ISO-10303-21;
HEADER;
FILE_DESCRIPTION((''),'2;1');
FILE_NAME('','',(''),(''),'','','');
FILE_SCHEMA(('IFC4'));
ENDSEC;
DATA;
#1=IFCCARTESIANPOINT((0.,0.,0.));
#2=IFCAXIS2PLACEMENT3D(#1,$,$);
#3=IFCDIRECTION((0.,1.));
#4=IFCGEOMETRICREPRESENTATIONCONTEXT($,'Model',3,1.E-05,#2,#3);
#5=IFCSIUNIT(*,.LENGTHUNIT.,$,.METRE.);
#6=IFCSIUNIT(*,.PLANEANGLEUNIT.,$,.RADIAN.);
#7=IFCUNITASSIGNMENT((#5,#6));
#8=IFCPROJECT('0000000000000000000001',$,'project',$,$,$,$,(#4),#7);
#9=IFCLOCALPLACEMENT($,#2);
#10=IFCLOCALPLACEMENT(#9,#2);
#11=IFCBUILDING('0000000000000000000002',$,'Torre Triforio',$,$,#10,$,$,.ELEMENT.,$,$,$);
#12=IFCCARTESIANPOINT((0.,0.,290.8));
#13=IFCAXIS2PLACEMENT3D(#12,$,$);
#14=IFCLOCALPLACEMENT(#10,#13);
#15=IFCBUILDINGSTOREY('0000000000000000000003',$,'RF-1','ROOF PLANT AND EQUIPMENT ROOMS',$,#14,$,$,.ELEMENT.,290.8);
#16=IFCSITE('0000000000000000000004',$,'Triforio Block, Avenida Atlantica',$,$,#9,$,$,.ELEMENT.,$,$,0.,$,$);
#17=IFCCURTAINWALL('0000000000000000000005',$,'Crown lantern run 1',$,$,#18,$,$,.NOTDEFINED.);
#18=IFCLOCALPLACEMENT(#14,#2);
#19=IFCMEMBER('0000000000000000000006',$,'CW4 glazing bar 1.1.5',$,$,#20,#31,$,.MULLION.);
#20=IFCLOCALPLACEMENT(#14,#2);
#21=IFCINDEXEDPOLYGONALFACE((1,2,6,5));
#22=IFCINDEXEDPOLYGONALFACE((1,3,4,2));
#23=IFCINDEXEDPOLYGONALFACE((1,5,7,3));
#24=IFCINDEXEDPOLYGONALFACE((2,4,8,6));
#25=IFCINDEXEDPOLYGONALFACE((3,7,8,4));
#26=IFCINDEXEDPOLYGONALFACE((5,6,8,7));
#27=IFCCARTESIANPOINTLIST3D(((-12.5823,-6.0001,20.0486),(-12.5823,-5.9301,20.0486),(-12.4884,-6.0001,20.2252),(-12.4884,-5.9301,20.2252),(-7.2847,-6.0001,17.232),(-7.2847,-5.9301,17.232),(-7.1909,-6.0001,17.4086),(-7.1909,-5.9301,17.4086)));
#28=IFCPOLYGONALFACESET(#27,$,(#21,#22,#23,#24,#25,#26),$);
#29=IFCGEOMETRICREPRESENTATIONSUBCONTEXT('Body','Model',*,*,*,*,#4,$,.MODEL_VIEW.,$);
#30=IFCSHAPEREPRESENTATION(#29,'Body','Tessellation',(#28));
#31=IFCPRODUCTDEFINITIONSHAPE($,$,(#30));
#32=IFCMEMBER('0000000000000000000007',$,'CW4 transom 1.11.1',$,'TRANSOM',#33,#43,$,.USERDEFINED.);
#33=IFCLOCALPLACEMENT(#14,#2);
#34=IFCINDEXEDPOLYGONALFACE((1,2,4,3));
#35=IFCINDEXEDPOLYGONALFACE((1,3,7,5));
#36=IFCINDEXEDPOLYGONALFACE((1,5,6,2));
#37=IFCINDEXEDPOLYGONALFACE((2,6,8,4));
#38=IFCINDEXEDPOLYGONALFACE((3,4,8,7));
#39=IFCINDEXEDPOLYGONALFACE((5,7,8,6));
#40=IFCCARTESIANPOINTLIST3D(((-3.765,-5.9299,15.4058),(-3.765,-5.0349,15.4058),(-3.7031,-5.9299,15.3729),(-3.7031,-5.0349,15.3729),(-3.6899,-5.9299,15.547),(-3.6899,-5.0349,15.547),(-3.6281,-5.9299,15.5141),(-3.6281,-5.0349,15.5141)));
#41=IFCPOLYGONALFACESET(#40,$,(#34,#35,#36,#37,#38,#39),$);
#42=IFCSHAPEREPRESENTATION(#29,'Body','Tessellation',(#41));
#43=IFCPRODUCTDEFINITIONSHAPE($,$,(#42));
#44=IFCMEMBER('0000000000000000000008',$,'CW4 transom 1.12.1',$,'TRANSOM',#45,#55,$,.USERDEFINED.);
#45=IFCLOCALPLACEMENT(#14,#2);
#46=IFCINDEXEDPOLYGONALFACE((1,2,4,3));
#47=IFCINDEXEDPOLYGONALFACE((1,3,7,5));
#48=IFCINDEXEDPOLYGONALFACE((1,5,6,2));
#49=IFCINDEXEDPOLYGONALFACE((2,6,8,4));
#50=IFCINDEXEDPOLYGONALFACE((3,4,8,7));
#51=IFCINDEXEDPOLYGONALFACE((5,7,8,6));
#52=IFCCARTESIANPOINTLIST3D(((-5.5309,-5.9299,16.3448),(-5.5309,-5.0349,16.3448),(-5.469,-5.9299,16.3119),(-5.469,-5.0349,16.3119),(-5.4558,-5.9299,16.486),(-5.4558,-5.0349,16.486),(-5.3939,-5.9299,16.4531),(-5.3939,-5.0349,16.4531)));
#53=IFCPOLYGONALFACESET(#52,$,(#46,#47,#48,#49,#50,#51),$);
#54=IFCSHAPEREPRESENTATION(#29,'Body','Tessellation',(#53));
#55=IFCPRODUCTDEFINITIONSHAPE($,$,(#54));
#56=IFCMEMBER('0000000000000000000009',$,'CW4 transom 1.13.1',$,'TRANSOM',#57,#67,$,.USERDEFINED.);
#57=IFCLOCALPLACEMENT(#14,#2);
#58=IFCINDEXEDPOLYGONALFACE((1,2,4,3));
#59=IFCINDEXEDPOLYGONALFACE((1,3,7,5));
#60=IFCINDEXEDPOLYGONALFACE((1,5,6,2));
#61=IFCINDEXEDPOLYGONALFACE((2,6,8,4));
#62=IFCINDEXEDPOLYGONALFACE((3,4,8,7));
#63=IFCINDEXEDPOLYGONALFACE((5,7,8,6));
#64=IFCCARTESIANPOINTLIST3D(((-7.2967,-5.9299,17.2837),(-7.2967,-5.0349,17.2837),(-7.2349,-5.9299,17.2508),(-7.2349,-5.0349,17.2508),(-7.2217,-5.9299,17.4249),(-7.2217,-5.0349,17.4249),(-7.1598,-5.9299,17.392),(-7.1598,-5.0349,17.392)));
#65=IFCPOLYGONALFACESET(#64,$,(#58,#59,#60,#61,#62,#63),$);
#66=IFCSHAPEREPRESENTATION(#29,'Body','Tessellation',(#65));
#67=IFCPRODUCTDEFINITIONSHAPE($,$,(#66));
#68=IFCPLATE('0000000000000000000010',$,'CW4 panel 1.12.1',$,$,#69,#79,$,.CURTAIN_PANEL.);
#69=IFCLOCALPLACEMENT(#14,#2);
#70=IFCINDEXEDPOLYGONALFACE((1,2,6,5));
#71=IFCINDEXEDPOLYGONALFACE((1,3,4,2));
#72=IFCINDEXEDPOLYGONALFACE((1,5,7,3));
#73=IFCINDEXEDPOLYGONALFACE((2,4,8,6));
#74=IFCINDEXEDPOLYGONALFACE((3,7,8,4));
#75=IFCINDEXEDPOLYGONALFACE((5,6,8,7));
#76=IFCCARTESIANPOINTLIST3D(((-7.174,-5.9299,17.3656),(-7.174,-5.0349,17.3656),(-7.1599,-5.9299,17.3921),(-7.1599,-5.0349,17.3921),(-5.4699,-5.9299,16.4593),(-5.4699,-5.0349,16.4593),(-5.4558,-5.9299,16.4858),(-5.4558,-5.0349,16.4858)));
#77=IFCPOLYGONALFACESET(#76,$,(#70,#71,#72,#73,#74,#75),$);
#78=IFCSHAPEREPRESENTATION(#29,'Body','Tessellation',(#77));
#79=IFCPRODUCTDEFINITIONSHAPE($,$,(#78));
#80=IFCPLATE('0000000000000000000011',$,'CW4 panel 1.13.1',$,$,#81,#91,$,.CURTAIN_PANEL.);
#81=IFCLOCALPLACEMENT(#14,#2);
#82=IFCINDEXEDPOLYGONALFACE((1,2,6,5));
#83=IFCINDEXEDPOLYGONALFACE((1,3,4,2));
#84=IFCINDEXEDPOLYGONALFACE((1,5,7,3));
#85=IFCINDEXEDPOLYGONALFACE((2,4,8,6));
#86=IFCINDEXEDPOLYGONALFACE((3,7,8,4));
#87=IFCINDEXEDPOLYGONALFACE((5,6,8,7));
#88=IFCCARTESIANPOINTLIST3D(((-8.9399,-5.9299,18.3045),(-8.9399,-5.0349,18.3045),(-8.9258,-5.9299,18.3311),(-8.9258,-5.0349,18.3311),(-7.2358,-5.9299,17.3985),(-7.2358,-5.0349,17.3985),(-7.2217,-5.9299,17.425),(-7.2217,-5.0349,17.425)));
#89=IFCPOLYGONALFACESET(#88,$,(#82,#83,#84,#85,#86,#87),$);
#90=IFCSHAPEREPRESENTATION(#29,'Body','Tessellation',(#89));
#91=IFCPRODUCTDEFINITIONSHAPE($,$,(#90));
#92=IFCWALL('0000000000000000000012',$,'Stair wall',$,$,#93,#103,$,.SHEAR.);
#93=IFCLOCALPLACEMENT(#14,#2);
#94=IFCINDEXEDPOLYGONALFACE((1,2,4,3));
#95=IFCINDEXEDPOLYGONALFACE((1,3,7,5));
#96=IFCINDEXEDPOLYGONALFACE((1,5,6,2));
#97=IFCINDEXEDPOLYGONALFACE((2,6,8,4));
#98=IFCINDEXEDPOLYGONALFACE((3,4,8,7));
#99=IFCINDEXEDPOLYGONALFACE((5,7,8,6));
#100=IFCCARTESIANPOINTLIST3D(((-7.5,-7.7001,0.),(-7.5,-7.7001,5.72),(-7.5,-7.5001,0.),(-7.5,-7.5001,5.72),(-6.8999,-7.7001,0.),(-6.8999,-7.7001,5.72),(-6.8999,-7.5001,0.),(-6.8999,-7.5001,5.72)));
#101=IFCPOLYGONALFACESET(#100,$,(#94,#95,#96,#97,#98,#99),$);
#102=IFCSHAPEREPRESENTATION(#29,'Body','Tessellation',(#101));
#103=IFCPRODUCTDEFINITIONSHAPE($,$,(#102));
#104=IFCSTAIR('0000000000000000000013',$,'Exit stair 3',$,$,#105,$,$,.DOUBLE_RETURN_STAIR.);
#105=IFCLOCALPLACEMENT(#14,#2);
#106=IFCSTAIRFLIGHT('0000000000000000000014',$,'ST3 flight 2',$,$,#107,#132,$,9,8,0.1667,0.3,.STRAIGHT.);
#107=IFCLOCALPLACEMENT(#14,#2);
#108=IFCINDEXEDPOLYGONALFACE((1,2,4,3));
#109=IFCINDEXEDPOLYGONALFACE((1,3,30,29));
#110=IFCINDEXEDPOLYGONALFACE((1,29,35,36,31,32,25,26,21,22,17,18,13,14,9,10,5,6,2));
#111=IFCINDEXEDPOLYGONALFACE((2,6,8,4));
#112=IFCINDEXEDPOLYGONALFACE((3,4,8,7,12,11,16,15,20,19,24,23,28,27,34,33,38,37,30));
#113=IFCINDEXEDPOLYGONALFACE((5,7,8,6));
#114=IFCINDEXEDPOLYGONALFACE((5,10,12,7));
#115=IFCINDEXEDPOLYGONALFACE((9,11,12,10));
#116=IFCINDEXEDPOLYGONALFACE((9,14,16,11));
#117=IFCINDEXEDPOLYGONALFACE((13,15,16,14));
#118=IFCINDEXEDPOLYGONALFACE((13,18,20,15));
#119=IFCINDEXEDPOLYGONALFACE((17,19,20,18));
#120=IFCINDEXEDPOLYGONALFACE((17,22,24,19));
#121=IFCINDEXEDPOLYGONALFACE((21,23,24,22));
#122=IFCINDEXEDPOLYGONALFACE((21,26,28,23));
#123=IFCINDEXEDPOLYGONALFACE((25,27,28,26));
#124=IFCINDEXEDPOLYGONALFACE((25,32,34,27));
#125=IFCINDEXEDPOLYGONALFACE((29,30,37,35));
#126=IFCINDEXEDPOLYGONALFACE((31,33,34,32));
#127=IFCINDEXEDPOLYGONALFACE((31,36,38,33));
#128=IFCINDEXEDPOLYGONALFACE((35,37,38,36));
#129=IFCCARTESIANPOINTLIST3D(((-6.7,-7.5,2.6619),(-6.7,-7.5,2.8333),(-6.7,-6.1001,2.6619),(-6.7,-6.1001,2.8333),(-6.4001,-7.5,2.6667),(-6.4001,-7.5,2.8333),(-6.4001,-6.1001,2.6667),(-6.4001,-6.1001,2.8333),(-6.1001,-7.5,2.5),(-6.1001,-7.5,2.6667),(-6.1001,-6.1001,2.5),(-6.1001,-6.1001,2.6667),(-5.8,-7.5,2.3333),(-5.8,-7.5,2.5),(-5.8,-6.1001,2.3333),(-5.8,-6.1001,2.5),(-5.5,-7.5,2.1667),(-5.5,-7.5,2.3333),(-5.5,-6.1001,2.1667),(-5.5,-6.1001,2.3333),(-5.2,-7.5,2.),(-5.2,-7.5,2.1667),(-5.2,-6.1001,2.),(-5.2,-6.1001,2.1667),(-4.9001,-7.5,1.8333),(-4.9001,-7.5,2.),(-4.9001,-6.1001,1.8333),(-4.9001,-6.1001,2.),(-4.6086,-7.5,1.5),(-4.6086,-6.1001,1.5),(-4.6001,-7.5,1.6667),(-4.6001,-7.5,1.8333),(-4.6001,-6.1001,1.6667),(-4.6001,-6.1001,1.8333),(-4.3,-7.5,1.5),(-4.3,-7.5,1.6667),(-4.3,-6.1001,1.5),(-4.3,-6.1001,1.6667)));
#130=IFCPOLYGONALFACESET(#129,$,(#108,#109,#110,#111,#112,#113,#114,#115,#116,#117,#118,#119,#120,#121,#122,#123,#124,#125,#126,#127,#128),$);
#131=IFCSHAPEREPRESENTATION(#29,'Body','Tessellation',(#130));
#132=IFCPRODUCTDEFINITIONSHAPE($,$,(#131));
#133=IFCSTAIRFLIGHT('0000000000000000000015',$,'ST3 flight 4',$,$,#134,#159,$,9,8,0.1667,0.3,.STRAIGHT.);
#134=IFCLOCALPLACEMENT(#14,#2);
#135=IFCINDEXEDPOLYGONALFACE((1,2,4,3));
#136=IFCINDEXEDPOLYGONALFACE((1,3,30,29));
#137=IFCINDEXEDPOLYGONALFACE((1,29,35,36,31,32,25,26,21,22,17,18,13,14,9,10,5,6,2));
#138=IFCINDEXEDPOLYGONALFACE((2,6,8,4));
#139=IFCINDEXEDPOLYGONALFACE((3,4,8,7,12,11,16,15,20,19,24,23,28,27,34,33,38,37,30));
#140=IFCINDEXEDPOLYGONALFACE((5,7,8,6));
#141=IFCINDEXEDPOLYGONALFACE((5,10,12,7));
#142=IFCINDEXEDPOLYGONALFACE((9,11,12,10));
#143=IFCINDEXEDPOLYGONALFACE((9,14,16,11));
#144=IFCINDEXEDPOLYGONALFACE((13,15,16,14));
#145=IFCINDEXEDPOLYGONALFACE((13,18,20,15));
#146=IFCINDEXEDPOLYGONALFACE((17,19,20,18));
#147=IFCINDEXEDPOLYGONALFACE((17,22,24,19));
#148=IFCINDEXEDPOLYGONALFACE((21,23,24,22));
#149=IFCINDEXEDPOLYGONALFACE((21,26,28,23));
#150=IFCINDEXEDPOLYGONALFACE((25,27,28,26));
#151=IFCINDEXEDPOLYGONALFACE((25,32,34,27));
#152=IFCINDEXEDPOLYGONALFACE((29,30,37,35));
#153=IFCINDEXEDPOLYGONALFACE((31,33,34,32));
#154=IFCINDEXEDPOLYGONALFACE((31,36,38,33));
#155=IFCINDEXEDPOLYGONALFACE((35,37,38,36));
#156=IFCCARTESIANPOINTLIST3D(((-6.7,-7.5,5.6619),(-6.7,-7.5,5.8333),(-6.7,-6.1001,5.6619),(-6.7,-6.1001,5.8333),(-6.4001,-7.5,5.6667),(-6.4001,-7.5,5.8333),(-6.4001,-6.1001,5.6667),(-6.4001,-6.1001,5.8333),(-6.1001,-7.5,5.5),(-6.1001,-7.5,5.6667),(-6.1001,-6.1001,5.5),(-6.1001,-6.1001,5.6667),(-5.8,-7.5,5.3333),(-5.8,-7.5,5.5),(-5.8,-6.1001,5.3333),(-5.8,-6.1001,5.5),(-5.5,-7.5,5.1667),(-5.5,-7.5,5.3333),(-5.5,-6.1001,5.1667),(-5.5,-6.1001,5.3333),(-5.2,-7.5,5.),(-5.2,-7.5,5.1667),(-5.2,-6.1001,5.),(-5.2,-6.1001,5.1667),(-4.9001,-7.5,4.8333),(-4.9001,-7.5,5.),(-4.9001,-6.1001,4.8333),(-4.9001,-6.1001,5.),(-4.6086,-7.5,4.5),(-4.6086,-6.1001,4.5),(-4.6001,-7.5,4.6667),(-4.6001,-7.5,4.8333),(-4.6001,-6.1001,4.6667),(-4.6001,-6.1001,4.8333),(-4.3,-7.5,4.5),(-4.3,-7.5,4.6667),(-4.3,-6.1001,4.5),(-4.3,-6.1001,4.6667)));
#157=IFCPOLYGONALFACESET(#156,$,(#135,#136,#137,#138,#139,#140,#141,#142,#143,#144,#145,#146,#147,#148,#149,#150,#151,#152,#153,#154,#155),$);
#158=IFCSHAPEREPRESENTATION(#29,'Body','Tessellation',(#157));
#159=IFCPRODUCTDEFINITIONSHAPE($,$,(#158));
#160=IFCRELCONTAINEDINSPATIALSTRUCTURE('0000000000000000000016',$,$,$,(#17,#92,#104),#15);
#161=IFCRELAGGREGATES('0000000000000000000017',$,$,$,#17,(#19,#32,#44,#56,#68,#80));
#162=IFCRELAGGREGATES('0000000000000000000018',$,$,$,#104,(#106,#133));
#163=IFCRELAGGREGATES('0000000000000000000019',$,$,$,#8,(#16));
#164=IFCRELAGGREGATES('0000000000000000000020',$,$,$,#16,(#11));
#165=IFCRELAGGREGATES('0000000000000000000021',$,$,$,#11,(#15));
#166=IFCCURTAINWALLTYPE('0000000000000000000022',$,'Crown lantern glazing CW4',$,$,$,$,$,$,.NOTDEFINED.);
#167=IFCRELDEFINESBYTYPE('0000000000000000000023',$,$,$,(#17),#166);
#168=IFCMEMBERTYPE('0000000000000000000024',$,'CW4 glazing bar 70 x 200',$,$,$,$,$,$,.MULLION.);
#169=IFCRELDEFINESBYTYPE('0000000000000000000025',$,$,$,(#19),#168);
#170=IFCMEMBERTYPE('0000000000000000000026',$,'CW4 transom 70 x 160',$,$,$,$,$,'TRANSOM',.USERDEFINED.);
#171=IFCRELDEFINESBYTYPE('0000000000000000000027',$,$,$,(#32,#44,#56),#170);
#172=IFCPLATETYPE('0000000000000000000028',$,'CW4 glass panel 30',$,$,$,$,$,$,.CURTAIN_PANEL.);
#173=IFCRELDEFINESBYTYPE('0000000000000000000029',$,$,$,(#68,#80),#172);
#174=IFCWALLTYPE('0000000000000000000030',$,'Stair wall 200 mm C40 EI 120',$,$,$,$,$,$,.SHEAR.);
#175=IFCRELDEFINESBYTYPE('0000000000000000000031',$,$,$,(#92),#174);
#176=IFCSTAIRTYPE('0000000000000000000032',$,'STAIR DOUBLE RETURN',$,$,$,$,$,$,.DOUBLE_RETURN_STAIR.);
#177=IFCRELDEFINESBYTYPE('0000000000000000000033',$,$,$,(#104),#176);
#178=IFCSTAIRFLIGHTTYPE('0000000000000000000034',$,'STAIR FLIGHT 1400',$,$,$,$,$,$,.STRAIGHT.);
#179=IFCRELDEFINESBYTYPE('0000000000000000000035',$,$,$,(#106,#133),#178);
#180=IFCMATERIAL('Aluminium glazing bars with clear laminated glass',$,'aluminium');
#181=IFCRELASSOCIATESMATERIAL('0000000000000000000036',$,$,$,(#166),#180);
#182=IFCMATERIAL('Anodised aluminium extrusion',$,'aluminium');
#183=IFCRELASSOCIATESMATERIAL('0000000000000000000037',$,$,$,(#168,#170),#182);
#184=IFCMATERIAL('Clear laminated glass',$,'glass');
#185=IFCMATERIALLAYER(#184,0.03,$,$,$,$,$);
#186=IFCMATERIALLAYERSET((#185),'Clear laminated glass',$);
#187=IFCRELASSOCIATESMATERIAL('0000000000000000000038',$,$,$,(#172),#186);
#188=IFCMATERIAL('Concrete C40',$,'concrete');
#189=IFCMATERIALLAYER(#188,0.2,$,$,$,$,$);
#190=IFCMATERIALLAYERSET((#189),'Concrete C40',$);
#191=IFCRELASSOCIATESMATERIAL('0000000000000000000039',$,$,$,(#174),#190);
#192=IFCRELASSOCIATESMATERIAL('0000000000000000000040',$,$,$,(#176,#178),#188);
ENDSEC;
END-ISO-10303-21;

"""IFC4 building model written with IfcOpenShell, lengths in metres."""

from ifc_helpers import new_model, si_unit, direction, frame, frame_2d, origin, origin_2d, place, context, subcontext, project, spatial, polyline, rectangle, outline, extrude, material, layer, layer_set, material_profile, profile_set, type_object, element, aggregate, save


model = new_model("IFC4")

# Units and contexts
model_context = context("Model", 3, precision=1e-05, world=origin(), true_north=direction((0.0, 1.0)))
body_context = subcontext(model_context, "Body", "Model", "MODEL_VIEW")
ifc_project = project(units=[si_unit("LENGTHUNIT", "METRE"), si_unit("PLANEANGLEUNIT", "RADIAN")], contexts=[model_context])

# Site, building, storey
site_placement = place(None, origin())
site = spatial("IfcSite", under=ifc_project, at=site_placement, Name="Triforio Block, Avenida Atlantica", CompositionType="ELEMENT", RefElevation=0.0)
building_placement = place(site_placement, origin())
building = spatial("IfcBuilding", under=site, at=building_placement, Name="Torre Triforio", CompositionType="ELEMENT")
storey_placement = place(building_placement, frame((0.0, 0.0, 290.8)))
storey = spatial("IfcBuildingStorey", under=building, at=storey_placement, Name="RF-1", Description="ROOF PLANT AND EQUIPMENT ROOMS", CompositionType="ELEMENT", Elevation=290.8)

# Curtain wall, members, plates
ifc_material_1 = material(Name="Aluminium glazing bars with clear laminated glass", Category="aluminium")
curtain_wall_type = type_object("IfcCurtainWallType", Name="Crown lantern glazing CW4", PredefinedType="NOTDEFINED", material=ifc_material_1)
curtain_wall_placement = place(storey_placement, origin())
curtain_wall = element("IfcCurtainWall", 1, at=curtain_wall_placement, inside=storey, type_object=curtain_wall_type, Name="Crown lantern run 1", PredefinedType="NOTDEFINED")
ifc_material_2 = material(Name="Anodised aluminium extrusion", Category="aluminium")
ifc_material_profile_1 = material_profile(ifc_material_2, rectangle(XDim=0.0701, YDim=0.2, at=origin_2d()), Name="CW4 MULLION 70x200")
ifc_profile_set_1 = profile_set([ifc_material_profile_1], Name="Anodised aluminium extrusion")
member_type_1 = type_object("IfcMemberType", Name="CW4 glazing bar 70 x 200", PredefinedType="MULLION", material=ifc_profile_set_1)
member_1_placement = place(storey_placement, frame((-7.2378, -5.9651, 17.3203), z_axis=(-0.882957, 0.0, 0.469454), x_axis=(0.0, -1.0, 0.0)))
member_1 = element("IfcMember", 2, at=member_1_placement, type_object=member_type_1, Name="CW4 glazing bar 1.1.5", PredefinedType="MULLION", context=body_context, shape_type="SweptSolid", body=[
    extrude(rectangle(XDim=0.0701, YDim=0.2, at=origin_2d()), origin(), (0.0, 0.0, 1.0), 5.9998),
])
ifc_material_profile_2 = material_profile(ifc_material_2, rectangle(XDim=0.0701, YDim=0.1599, at=origin_2d()), Name="CW4 TRANSOM 70x160")
ifc_profile_set_2 = profile_set([ifc_material_profile_2], Name="Anodised aluminium extrusion")
member_type_2 = type_object("IfcMemberType", Name="CW4 transom 70 x 160", ElementType="TRANSOM", PredefinedType="USERDEFINED", material=ifc_profile_set_2)
member_2_placement = place(storey_placement, frame((-3.6965, -5.9299, 15.46), z_axis=(0.0, 1.0, 0.0), x_axis=(-0.882948, 0.0, 0.469472)))
member_2 = element("IfcMember", 3, at=member_2_placement, type_object=member_type_2, Name="CW4 transom 1.11.1", ObjectType="TRANSOM", PredefinedType="USERDEFINED", context=body_context, shape_type="SweptSolid", body=[
    extrude(rectangle(XDim=0.0701, YDim=0.1599, at=origin_2d()), origin(), (0.0, 0.0, 1.0), 0.895),
])
member_3_placement = place(storey_placement, frame((-5.4624, -5.9299, 16.3989), z_axis=(0.0, 1.0, 0.0), x_axis=(-0.882948, 0.0, 0.469472)))
member_3 = element("IfcMember", 4, at=member_3_placement, type_object=member_type_2, Name="CW4 transom 1.12.1", ObjectType="TRANSOM", PredefinedType="USERDEFINED", context=body_context, shape_type="SweptSolid", body=[
    extrude(rectangle(XDim=0.0701, YDim=0.1599, at=origin_2d()), origin(), (0.0, 0.0, 1.0), 0.895),
])
member_4_placement = place(storey_placement, frame((-7.2283, -5.9299, 17.3379), z_axis=(0.0, 1.0, 0.0), x_axis=(-0.882948, 0.0, 0.469472)))
member_4 = element("IfcMember", 5, at=member_4_placement, type_object=member_type_2, Name="CW4 transom 1.13.1", ObjectType="TRANSOM", PredefinedType="USERDEFINED", context=body_context, shape_type="SweptSolid", body=[
    extrude(rectangle(XDim=0.0701, YDim=0.1599, at=origin_2d()), origin(), (0.0, 0.0, 1.0), 0.895),
])
ifc_material_3 = material(Name="Clear laminated glass", Category="glass")
ifc_layer_1 = layer(ifc_material_3, 0.03)
ifc_layer_set_1 = layer_set([ifc_layer_1], Name="Clear laminated glass")
plate_type = type_object("IfcPlateType", Name="CW4 glass panel 30", PredefinedType="CURTAIN_PANEL", material=ifc_layer_set_1)
plate_1_placement = place(storey_placement, frame((-5.4558, -5.9299, 16.4858), z_axis=(0.469537, 0.0, 0.882913), x_axis=(0.0, 1.0, 0.0)))
plate_1 = element("IfcPlate", 6, at=plate_1_placement, type_object=plate_type, Name="CW4 panel 1.12.1", PredefinedType="CURTAIN_PANEL", context=body_context, shape_type="SweptSolid", body=[
    extrude(outline(polyline([(0.0, 0.0), (0.895, 0.0), (0.895, 1.9301), (0.0, 1.9301), (0.0, 0.0)])), origin(), (0.0, 0.0, -1.0), 0.03),
])
plate_2_placement = place(storey_placement, frame((-7.2217, -5.9299, 17.425), z_axis=(0.469439, 0.0, 0.882965), x_axis=(0.0, 1.0, 0.0)))
plate_2 = element("IfcPlate", 7, at=plate_2_placement, type_object=plate_type, Name="CW4 panel 1.13.1", PredefinedType="CURTAIN_PANEL", context=body_context, shape_type="SweptSolid", body=[
    extrude(outline(polyline([(0.0, 0.0), (0.895, 0.0), (0.895, 1.93), (0.0, 1.93), (0.0, 0.0)])), origin(), (0.0, 0.0, -1.0), 0.03),
])
aggregate(curtain_wall, [member_1, member_2, member_3, member_4, plate_1, plate_2])

# Wall
ifc_material_4 = material(Name="Concrete C40", Category="concrete")
ifc_layer_2 = layer(ifc_material_4, 0.2)
ifc_layer_set_2 = layer_set([ifc_layer_2], Name="Concrete C40")
wall_type = type_object("IfcWallType", Name="Stair wall 200 mm C40 EI 120", PredefinedType="SHEAR", material=ifc_layer_set_2)
wall_placement = place(storey_placement, frame((-7.5, -7.6001, 0.0), z_axis=(0.0, 0.0, 1.0), x_axis=(1.0, 0.0, 0.0)))
element("IfcWall", 8, at=wall_placement, inside=storey, type_object=wall_type, Name="Stair wall", PredefinedType="SHEAR", context=body_context, shape_type="SweptSolid", body=[
    extrude(rectangle(XDim=0.6001, YDim=0.2, at=frame_2d((0.3, 0.0))), origin(), (0.0, 0.0, 1.0), 5.72),
])

# Stair, stair flights
stair_type = type_object("IfcStairType", Name="STAIR DOUBLE RETURN", PredefinedType="DOUBLE_RETURN_STAIR", material=ifc_material_4)
stair_placement = place(storey_placement, origin())
stair = element("IfcStair", 9, at=stair_placement, inside=storey, type_object=stair_type, Name="Exit stair 3", PredefinedType="DOUBLE_RETURN_STAIR")
stair_flight_type = type_object("IfcStairFlightType", Name="STAIR FLIGHT 1400", PredefinedType="STRAIGHT", material=ifc_material_4)
stair_flight_1_placement = place(storey_placement, frame((-4.3, -6.8, 1.5), z_axis=(0.0, 0.0, 1.0), x_axis=(-1.0, 0.0, 0.0)))
stair_flight_1 = element("IfcStairFlight", 10, at=stair_flight_1_placement, type_object=stair_flight_type, Name="ST3 flight 2", NumberOfRisers=9, NumberOfTreads=8, PredefinedType="STRAIGHT", RiserHeight=0.1667, TreadLength=0.3, context=body_context, shape_type="SweptSolid", body=[
    extrude(outline(polyline([(0.0, 0.0), (0.0, 0.1667), (0.3, 0.1667), (0.3, 0.3333), (0.6001, 0.3333), (0.6001, 0.5), (0.8999, 0.5), (0.8999, 0.6667), (1.2, 0.6667), (1.2, 0.8333), (1.5, 0.8333), (1.5, 1.0), (1.8, 1.0), (1.8, 1.1667), (2.1001, 1.1667), (2.1001, 1.3333), (2.3999, 1.3333), (2.3999, 1.5), (2.3999, 1.1619), (0.3086, 0.0), (0.0, 0.0)])), frame((0.0, 0.7, 0.0), z_axis=(0.0, -1.0, 0.0), x_axis=(1.0, 0.0, 0.0)), (0.0, 0.0, 1.0), 1.3999),
])
stair_flight_2_placement = place(storey_placement, frame((-4.3, -6.8, 4.5), z_axis=(0.0, 0.0, 1.0), x_axis=(-1.0, 0.0, 0.0)))
stair_flight_2 = element("IfcStairFlight", 11, at=stair_flight_2_placement, type_object=stair_flight_type, Name="ST3 flight 4", NumberOfRisers=9, NumberOfTreads=8, PredefinedType="STRAIGHT", RiserHeight=0.1667, TreadLength=0.3, context=body_context, shape_type="SweptSolid", body=[
    extrude(outline(polyline([(0.0, 0.0), (0.0, 0.1667), (0.3, 0.1667), (0.3, 0.3333), (0.6001, 0.3333), (0.6001, 0.5), (0.8999, 0.5), (0.8999, 0.6667), (1.2, 0.6667), (1.2, 0.8333), (1.5, 0.8333), (1.5, 1.0), (1.8, 1.0), (1.8, 1.1667), (2.1001, 1.1667), (2.1001, 1.3333), (2.3999, 1.3333), (2.3999, 1.5), (2.3999, 1.1619), (0.3086, 0.0), (0.0, 0.0)])), frame((0.0, 0.7, 0.0), z_axis=(0.0, -1.0, 0.0), x_axis=(1.0, 0.0, 0.0)), (0.0, 0.0, 1.0), 1.3999),
])
aggregate(stair, [stair_flight_1, stair_flight_2])

save(model, "model.ifc")
